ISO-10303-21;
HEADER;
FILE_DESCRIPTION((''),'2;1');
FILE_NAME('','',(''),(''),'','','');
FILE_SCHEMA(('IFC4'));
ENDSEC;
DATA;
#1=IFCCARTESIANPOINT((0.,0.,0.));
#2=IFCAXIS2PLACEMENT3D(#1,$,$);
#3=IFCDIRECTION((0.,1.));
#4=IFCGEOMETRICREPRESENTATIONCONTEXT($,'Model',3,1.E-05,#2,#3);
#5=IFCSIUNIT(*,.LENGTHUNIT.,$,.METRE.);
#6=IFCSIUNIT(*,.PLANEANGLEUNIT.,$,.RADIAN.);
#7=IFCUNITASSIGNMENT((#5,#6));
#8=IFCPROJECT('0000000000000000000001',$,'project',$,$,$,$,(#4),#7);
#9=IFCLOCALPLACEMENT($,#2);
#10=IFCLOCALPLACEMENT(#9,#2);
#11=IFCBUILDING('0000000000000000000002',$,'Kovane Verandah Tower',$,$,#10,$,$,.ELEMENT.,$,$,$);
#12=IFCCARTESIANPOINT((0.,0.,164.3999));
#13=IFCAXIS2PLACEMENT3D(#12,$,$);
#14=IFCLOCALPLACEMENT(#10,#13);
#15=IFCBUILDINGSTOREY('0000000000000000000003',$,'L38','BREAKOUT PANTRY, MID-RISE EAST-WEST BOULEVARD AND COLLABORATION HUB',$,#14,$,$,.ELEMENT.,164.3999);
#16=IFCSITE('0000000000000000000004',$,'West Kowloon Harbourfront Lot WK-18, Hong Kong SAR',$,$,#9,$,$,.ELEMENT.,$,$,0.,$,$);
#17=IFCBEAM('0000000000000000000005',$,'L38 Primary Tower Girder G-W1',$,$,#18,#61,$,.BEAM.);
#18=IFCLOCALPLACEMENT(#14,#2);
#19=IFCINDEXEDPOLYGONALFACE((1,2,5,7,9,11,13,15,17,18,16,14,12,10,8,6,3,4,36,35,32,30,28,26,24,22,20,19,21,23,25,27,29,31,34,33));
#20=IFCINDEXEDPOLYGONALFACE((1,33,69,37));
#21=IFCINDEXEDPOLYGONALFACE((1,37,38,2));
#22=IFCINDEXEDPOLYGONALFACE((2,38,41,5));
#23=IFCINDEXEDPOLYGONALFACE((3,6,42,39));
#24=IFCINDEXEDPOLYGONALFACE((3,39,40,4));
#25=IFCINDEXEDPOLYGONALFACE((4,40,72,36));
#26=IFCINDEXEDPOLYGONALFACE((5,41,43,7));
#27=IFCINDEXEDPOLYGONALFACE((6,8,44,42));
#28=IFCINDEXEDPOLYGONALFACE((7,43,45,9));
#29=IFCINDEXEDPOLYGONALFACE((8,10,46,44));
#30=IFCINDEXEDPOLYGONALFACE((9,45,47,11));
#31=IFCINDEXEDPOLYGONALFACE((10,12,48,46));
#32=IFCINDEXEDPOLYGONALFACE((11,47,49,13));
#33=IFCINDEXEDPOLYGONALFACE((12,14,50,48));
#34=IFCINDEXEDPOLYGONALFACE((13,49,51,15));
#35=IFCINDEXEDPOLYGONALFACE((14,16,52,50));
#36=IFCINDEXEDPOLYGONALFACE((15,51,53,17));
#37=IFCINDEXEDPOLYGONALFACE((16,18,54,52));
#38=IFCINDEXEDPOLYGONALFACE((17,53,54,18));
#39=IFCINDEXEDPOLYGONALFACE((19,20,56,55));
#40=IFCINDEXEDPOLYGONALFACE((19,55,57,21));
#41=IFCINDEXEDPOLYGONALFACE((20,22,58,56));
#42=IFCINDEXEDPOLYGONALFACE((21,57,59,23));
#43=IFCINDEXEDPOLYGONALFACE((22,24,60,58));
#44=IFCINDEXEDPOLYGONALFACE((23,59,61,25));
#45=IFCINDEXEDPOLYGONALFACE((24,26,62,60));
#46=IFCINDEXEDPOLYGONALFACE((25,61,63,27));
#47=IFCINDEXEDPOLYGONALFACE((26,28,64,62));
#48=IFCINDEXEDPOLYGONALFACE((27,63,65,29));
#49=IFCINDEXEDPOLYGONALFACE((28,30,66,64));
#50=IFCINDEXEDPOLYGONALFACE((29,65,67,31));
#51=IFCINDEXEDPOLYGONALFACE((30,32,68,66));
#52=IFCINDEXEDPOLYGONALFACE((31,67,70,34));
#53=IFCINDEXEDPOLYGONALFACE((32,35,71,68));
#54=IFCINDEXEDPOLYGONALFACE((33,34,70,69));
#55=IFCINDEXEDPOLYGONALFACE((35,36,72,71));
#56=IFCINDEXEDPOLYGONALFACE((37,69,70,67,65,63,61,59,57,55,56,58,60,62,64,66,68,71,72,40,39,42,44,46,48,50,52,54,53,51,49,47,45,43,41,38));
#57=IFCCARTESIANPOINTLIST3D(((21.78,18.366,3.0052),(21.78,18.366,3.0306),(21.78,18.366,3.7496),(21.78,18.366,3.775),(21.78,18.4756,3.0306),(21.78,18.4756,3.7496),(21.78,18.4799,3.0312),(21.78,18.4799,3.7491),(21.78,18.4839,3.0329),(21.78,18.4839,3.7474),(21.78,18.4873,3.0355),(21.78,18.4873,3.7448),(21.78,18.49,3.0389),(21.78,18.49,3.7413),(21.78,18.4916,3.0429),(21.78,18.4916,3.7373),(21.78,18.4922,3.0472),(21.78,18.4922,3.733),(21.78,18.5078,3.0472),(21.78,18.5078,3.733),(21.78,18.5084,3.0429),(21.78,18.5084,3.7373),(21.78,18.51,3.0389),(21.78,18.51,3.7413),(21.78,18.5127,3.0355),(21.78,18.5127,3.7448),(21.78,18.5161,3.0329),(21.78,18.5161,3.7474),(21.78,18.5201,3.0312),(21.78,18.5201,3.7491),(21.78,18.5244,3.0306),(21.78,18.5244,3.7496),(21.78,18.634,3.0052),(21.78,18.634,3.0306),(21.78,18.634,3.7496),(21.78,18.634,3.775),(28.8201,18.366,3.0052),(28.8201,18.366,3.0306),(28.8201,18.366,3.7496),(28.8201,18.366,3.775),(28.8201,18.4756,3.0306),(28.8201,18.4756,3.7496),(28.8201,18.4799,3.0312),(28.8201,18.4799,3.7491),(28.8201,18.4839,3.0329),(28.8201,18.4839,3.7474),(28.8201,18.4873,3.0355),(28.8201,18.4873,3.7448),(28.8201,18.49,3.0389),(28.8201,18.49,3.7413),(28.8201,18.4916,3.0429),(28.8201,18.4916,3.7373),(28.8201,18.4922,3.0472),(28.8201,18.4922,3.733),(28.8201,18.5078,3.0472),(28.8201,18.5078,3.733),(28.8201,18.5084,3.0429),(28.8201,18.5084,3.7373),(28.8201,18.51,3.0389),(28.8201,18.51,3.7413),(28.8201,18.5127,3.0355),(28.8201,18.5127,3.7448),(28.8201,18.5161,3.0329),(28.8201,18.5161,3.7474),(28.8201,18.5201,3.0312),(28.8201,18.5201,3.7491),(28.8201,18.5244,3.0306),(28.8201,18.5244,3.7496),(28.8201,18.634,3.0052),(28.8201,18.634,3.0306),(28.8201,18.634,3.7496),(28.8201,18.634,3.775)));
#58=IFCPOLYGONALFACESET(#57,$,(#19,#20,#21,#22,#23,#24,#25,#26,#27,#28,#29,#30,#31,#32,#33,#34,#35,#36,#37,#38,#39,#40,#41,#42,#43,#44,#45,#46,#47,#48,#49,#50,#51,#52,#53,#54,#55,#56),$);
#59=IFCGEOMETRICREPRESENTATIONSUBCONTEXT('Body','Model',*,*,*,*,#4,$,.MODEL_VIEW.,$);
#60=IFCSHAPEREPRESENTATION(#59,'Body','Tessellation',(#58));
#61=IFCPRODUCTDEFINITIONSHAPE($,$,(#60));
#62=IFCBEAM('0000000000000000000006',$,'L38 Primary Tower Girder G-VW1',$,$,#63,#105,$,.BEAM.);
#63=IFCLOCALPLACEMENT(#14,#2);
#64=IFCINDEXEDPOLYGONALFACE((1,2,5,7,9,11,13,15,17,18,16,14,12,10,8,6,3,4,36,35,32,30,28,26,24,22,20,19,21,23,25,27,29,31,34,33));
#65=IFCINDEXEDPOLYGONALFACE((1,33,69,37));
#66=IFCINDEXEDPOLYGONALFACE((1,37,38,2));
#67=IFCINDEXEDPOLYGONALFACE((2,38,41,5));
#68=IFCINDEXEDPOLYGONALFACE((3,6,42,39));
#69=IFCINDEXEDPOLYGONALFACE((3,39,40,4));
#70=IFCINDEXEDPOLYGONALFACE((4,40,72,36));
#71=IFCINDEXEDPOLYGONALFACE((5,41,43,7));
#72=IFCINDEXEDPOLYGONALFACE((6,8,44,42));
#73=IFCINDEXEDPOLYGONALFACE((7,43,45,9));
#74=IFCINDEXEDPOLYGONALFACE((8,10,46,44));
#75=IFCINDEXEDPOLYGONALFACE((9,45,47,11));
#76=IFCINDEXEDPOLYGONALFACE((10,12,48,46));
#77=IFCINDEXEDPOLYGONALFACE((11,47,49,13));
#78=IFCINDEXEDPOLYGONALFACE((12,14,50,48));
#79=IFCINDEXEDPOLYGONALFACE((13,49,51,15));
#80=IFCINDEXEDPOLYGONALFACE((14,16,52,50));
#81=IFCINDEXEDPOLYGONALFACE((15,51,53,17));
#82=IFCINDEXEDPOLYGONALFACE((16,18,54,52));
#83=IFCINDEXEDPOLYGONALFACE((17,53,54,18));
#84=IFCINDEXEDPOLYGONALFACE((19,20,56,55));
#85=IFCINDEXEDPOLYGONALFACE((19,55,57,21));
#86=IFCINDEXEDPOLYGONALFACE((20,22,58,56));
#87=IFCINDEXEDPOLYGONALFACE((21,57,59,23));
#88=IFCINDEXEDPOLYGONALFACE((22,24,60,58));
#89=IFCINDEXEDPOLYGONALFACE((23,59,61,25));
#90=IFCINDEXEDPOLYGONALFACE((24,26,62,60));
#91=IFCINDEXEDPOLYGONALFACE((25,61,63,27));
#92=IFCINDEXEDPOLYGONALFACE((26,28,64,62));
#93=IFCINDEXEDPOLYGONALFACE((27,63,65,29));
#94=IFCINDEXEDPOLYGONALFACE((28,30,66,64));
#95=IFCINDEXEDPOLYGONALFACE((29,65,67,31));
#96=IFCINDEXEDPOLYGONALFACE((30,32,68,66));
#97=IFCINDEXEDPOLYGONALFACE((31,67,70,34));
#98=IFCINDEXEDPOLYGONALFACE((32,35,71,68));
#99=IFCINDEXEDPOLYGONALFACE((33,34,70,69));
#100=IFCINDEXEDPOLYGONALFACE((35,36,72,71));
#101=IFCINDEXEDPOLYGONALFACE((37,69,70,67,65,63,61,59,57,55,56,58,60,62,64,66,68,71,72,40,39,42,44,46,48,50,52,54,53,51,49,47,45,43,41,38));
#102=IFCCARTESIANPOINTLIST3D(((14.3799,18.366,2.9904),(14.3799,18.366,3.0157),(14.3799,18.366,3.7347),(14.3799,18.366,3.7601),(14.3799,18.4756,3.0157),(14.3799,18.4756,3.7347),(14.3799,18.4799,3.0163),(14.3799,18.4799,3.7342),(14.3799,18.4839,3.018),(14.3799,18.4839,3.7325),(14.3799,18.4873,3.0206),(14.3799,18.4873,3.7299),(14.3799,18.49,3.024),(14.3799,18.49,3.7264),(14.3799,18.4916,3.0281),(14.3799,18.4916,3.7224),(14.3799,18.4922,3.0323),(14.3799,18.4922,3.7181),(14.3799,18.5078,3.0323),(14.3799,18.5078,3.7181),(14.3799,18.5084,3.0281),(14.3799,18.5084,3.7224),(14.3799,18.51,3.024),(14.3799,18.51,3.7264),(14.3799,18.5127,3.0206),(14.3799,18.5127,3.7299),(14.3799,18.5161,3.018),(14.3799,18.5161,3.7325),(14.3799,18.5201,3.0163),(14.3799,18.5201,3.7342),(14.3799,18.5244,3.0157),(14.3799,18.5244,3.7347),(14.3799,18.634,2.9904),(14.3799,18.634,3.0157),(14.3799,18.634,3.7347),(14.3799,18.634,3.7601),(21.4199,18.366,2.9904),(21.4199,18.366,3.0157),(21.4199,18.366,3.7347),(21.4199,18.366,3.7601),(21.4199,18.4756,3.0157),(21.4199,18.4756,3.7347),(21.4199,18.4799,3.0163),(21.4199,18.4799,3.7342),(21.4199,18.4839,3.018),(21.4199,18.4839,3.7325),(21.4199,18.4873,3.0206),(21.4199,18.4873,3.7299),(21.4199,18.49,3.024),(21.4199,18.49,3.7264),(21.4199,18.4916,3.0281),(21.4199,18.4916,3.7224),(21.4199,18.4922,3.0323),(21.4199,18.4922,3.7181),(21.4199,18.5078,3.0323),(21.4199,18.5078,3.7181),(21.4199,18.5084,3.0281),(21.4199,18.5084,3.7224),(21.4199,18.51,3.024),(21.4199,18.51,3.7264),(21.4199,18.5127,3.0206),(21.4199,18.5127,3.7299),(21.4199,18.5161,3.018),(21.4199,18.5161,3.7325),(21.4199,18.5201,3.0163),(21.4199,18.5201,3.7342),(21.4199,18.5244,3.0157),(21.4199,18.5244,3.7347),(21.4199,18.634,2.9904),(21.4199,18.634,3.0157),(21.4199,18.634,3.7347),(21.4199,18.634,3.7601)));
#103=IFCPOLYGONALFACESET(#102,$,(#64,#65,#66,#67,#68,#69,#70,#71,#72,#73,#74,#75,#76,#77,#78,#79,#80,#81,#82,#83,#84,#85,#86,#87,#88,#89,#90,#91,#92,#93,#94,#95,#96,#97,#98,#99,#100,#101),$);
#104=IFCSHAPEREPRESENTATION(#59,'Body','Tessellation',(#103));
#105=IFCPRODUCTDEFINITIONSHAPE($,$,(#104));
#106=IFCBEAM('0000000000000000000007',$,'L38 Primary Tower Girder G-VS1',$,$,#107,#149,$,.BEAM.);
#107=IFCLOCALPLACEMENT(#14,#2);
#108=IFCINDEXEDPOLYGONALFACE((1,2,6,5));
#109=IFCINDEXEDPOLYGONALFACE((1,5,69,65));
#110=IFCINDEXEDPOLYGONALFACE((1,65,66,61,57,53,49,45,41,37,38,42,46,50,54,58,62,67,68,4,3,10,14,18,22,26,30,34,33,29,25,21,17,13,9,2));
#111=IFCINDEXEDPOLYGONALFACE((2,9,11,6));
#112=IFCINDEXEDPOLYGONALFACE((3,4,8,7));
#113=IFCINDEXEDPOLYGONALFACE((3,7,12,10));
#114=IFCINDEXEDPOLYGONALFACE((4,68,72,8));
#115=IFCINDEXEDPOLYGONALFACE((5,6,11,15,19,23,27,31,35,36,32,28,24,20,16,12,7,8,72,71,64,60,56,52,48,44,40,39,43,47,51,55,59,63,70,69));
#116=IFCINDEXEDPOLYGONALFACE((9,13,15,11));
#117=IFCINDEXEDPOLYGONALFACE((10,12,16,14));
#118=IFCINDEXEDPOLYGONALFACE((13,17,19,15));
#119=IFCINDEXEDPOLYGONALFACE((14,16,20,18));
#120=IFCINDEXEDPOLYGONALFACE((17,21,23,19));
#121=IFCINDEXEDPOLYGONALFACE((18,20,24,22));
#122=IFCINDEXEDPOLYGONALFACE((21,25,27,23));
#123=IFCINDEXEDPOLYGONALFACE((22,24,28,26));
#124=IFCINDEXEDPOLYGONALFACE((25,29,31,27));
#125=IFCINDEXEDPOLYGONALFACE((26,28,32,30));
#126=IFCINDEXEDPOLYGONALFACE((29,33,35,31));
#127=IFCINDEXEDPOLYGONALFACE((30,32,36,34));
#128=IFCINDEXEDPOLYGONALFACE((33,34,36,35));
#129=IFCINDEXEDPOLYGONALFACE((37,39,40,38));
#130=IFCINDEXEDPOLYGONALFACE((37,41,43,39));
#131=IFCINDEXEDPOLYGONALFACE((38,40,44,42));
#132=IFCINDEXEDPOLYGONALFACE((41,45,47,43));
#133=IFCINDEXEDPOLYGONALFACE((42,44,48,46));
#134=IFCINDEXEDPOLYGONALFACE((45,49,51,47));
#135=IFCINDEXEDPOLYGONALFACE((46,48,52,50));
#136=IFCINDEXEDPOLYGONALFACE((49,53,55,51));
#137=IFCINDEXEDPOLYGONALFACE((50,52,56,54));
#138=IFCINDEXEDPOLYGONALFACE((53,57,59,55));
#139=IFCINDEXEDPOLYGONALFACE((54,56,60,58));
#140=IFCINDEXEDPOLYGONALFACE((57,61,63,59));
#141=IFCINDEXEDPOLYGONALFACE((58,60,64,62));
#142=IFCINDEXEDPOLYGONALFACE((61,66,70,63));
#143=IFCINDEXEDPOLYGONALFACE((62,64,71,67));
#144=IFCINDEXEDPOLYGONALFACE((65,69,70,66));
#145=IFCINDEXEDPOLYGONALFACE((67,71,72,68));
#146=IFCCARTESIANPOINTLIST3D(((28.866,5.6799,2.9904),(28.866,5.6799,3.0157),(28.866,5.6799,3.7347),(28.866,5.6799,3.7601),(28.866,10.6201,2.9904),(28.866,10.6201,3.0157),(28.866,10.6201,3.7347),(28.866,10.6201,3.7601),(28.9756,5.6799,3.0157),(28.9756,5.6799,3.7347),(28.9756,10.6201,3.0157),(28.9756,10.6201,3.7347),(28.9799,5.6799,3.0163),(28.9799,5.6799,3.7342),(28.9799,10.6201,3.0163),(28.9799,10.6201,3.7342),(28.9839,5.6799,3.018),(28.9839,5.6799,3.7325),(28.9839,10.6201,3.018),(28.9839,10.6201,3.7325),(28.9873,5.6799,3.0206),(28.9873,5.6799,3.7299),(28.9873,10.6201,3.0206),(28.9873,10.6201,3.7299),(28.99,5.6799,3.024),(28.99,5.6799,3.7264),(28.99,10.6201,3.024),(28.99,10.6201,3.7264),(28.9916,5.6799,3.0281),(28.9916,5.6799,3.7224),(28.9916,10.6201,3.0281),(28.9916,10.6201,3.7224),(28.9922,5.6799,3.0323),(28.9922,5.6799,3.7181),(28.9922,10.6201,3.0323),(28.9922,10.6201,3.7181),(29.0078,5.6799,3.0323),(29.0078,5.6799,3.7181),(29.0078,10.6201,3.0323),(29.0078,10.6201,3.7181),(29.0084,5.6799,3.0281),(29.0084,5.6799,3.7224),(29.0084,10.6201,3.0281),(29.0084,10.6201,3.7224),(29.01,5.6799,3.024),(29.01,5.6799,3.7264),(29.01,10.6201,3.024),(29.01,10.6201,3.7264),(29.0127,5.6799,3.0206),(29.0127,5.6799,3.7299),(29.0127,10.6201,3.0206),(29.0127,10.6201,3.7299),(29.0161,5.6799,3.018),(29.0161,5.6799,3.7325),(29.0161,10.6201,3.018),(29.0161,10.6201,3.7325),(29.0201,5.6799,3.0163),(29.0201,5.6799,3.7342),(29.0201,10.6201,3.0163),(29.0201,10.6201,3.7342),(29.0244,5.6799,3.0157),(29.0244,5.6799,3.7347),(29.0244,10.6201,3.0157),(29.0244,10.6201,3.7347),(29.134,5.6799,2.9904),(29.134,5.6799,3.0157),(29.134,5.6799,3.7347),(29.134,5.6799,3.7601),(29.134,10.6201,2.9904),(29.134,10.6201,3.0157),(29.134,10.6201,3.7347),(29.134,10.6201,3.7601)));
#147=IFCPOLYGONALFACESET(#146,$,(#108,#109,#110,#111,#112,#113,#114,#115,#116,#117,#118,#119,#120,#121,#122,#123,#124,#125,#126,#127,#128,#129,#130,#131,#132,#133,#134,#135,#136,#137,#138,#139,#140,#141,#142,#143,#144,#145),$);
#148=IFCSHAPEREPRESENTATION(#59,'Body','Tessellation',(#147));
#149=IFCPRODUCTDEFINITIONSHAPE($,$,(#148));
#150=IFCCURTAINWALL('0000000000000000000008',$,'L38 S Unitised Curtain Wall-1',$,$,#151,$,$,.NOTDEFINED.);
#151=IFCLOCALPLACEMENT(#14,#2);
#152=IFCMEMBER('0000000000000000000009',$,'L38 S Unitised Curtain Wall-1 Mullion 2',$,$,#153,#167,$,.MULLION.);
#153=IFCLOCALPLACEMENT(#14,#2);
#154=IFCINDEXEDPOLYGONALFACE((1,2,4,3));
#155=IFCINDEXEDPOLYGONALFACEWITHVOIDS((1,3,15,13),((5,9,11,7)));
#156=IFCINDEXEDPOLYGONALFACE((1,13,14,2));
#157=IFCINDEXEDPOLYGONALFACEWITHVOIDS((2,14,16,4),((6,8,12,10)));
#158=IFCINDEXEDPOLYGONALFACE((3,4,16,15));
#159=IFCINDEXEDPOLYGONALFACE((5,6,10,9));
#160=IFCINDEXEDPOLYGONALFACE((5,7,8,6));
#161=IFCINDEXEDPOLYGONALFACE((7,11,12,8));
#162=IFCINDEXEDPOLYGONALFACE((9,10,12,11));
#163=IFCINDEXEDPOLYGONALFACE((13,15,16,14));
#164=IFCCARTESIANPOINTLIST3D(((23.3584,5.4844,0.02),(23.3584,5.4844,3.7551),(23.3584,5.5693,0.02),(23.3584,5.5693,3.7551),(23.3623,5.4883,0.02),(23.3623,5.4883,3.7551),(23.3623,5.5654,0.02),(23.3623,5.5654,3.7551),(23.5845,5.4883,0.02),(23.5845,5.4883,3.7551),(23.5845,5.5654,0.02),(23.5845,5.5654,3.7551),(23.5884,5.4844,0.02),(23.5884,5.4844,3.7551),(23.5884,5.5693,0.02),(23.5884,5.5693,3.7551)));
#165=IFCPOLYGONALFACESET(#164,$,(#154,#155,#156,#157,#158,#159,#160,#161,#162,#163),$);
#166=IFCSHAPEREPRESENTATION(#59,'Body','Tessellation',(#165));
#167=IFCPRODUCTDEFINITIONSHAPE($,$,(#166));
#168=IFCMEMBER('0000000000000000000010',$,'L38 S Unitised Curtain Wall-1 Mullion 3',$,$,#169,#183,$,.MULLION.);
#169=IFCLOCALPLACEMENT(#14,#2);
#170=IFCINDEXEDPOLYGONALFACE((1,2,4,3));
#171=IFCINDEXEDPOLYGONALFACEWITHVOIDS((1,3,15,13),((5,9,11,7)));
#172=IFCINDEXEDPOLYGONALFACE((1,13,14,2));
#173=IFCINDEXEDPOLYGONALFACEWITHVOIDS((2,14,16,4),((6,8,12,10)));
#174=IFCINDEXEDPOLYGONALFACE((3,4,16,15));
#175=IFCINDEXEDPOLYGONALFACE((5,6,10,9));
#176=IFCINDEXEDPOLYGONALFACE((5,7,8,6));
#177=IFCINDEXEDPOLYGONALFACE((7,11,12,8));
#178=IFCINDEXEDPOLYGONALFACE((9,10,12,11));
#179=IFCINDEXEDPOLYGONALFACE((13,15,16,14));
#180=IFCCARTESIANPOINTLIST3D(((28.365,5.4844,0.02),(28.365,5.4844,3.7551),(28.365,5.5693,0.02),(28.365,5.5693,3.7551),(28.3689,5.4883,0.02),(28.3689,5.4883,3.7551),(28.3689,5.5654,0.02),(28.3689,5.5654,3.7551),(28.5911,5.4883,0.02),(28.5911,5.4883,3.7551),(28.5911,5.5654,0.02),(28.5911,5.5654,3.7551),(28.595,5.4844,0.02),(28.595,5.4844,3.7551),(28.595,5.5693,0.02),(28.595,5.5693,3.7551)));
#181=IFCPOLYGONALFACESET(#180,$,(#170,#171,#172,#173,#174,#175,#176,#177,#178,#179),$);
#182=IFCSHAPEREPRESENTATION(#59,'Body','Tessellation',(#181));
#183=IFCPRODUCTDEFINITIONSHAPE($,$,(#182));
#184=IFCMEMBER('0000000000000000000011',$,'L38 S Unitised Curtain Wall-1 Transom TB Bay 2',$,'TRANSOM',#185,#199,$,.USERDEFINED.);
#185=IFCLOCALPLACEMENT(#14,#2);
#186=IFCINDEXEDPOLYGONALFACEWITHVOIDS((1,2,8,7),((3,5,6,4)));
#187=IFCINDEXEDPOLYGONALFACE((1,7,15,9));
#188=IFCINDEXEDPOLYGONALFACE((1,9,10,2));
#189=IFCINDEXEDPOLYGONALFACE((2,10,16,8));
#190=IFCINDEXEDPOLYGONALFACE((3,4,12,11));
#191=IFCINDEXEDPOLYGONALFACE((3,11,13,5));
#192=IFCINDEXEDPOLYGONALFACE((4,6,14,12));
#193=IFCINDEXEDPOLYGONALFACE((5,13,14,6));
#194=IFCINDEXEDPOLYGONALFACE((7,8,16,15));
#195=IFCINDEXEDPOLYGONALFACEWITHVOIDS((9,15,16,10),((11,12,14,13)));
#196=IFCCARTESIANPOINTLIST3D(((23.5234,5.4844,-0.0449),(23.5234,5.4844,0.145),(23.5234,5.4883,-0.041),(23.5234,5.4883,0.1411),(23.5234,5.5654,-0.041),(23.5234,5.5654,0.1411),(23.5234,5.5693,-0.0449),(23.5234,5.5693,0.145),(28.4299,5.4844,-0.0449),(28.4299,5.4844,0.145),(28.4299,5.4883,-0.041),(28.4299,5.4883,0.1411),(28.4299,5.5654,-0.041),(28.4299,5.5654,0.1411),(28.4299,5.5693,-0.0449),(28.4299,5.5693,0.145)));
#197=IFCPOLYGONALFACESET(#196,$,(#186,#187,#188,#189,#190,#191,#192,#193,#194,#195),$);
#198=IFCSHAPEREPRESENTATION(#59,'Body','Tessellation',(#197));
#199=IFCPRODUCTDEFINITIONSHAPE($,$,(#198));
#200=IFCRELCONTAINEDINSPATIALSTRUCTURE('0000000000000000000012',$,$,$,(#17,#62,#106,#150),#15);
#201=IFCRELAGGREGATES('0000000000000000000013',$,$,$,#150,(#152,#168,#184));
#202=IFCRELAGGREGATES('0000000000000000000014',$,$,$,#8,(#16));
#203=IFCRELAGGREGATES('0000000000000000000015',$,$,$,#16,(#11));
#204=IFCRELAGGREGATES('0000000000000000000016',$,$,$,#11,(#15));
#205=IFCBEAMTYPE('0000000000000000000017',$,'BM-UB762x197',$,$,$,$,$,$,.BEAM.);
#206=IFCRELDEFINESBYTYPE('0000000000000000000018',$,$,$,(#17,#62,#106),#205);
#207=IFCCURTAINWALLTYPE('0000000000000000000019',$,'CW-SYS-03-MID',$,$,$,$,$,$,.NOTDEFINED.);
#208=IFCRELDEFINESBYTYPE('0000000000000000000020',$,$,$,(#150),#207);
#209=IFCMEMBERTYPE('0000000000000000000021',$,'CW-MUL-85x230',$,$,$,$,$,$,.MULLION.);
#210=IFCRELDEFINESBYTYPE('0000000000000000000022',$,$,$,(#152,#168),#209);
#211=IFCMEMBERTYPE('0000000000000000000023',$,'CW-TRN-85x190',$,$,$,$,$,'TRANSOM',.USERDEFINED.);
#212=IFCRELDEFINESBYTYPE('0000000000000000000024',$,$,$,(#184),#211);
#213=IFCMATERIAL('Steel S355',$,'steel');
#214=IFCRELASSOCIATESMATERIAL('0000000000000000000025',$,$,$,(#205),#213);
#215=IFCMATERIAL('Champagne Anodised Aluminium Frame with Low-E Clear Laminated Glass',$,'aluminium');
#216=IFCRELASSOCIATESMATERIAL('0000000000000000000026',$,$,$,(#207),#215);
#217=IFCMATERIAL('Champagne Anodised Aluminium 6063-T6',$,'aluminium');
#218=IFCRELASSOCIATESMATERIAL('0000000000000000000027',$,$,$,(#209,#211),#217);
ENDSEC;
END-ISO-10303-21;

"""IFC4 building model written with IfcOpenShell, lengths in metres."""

from ifc_helpers import new_model, si_unit, direction, frame, origin, origin_2d, place, context, subcontext, project, spatial, hollow_rectangle, i_section, extrude, material, material_profile, profile_set, type_object, element, aggregate, save


model = new_model("IFC4")

# Units and contexts
model_context = context("Model", 3, precision=1e-05, world=origin(), true_north=direction((0.0, 1.0)))
body_context = subcontext(model_context, "Body", "Model", "MODEL_VIEW")
ifc_project = project(units=[si_unit("LENGTHUNIT", "METRE"), si_unit("PLANEANGLEUNIT", "RADIAN")], contexts=[model_context])

# Site, building, storey
site_placement = place(None, origin())
site = spatial("IfcSite", under=ifc_project, at=site_placement, Name="West Kowloon Harbourfront Lot WK-18, Hong Kong SAR", CompositionType="ELEMENT", RefElevation=0.0)
building_placement = place(site_placement, origin())
building = spatial("IfcBuilding", under=site, at=building_placement, Name="Kovane Verandah Tower", CompositionType="ELEMENT")
storey_placement = place(building_placement, frame((0.0, 0.0, 164.3999)))
storey = spatial("IfcBuildingStorey", under=building, at=storey_placement, Name="L38", Description="BREAKOUT PANTRY, MID-RISE EAST-WEST BOULEVARD AND COLLABORATION HUB", CompositionType="ELEMENT", Elevation=164.3999)

# Beams
ifc_material_1 = material(Name="Steel S355", Category="steel")
ifc_material_profile_1 = material_profile(ifc_material_1, i_section(OverallWidth=0.2681, OverallDepth=0.7698, WebThickness=0.0156, FlangeThickness=0.0254, FilletRadius=0.0166, at=origin_2d()), Name="UB762x267x197")
ifc_profile_set_1 = profile_set([ifc_material_profile_1], Name="Steel S355")
beam_type_1 = type_object("IfcBeamType", Name="BM-UB762x197", PredefinedType="BEAM", material=ifc_profile_set_1)
for number, where, z_axis, x_axis, name in (
    (1, (28.8201, 18.5, 3.3901), (-1.0, 0.0, 0.0), (0.0, -1.0, 0.0), "L38 Primary Tower Girder G-W1"),
    (2, (21.4199, 18.5, 3.3752), (-1.0, 0.0, 0.0), (0.0, -1.0, 0.0), "L38 Primary Tower Girder G-VW1"),
):
    element("IfcBeam", number, at=place(storey_placement, frame(where, z_axis=z_axis, x_axis=x_axis)), inside=storey, type_object=beam_type_1, Name=name, PredefinedType="BEAM", context=body_context, shape_type="SweptSolid", body=[
        extrude(i_section(OverallWidth=0.2681, OverallDepth=0.7698, WebThickness=0.0156, FlangeThickness=0.0254, FilletRadius=0.0166, at=origin_2d()), origin(), (0.0, 0.0, 1.0), 7.04),
    ])
beam_1_placement = place(storey_placement, frame((29.0, 10.6201, 3.3752), z_axis=(0.0, -1.0, 0.0), x_axis=(1.0, 0.0, 0.0)))
element("IfcBeam", 3, at=beam_1_placement, inside=storey, type_object=beam_type_1, Name="L38 Primary Tower Girder G-VS1", PredefinedType="BEAM", context=body_context, shape_type="SweptSolid", body=[
    extrude(i_section(OverallWidth=0.2681, OverallDepth=0.7698, WebThickness=0.0156, FlangeThickness=0.0254, FilletRadius=0.0166, at=origin_2d()), origin(), (0.0, 0.0, 1.0), 4.9402),
])

# Curtain wall, members
ifc_material_2 = material(Name="Champagne Anodised Aluminium Frame with Low-E Clear Laminated Glass", Category="aluminium")
curtain_wall_type = type_object("IfcCurtainWallType", Name="CW-SYS-03-MID", PredefinedType="NOTDEFINED", material=ifc_material_2)
curtain_wall_placement = place(storey_placement, origin())
curtain_wall = element("IfcCurtainWall", 4, at=curtain_wall_placement, inside=storey, type_object=curtain_wall_type, Name="L38 S Unitised Curtain Wall-1", PredefinedType="NOTDEFINED")
ifc_material_3 = material(Name="Champagne Anodised Aluminium 6063-T6", Category="aluminium")
ifc_material_profile_2 = material_profile(ifc_material_3, hollow_rectangle(XDim=0.085, YDim=0.23, WallThickness=0.0039, at=origin_2d()), Name="AL85x230x4")
ifc_profile_set_2 = profile_set([ifc_material_profile_2], Name="Champagne Anodised Aluminium 6063-T6")
member_type_1 = type_object("IfcMemberType", Name="CW-MUL-85x230", PredefinedType="MULLION", material=ifc_profile_set_2)
member_1_placement = place(storey_placement, frame((23.4734, 5.5269, 0.02), z_axis=(0.0, 0.0, 1.0), x_axis=(0.0, -1.0, 0.0)))
member_1 = element("IfcMember", 5, at=member_1_placement, type_object=member_type_1, Name="L38 S Unitised Curtain Wall-1 Mullion 2", PredefinedType="MULLION", context=body_context, shape_type="SweptSolid", body=[
    extrude(hollow_rectangle(XDim=0.085, YDim=0.23, WallThickness=0.0039, at=origin_2d()), origin(), (0.0, 0.0, 1.0), 3.7351),
])
member_2_placement = place(storey_placement, frame((28.48, 5.5269, 0.02), z_axis=(0.0, 0.0, 1.0), x_axis=(0.0, -1.0, 0.0)))
member_2 = element("IfcMember", 6, at=member_2_placement, type_object=member_type_1, Name="L38 S Unitised Curtain Wall-1 Mullion 3", PredefinedType="MULLION", context=body_context, shape_type="SweptSolid", body=[
    extrude(hollow_rectangle(XDim=0.085, YDim=0.23, WallThickness=0.0039, at=origin_2d()), origin(), (0.0, 0.0, 1.0), 3.7351),
])
ifc_material_profile_3 = material_profile(ifc_material_3, hollow_rectangle(XDim=0.085, YDim=0.1899, WallThickness=0.0039, at=origin_2d()), Name="AL85x190x4")
ifc_profile_set_3 = profile_set([ifc_material_profile_3], Name="Champagne Anodised Aluminium 6063-T6")
member_type_2 = type_object("IfcMemberType", Name="CW-TRN-85x190", ElementType="TRANSOM", PredefinedType="USERDEFINED", material=ifc_profile_set_3)
member_3_placement = place(storey_placement, frame((23.5234, 5.5269, 0.05), z_axis=(1.0, 0.0, 0.0), x_axis=(0.0, 1.0, 0.0)))
member_3 = element("IfcMember", 7, at=member_3_placement, type_object=member_type_2, Name="L38 S Unitised Curtain Wall-1 Transom TB Bay 2", ObjectType="TRANSOM", PredefinedType="USERDEFINED", context=body_context, shape_type="SweptSolid", body=[
    extrude(hollow_rectangle(XDim=0.085, YDim=0.1899, WallThickness=0.0039, at=origin_2d()), origin(), (0.0, 0.0, 1.0), 4.9065),
])

aggregate(curtain_wall, [member_1, member_2, member_3])

save(model, "model.ifc")
